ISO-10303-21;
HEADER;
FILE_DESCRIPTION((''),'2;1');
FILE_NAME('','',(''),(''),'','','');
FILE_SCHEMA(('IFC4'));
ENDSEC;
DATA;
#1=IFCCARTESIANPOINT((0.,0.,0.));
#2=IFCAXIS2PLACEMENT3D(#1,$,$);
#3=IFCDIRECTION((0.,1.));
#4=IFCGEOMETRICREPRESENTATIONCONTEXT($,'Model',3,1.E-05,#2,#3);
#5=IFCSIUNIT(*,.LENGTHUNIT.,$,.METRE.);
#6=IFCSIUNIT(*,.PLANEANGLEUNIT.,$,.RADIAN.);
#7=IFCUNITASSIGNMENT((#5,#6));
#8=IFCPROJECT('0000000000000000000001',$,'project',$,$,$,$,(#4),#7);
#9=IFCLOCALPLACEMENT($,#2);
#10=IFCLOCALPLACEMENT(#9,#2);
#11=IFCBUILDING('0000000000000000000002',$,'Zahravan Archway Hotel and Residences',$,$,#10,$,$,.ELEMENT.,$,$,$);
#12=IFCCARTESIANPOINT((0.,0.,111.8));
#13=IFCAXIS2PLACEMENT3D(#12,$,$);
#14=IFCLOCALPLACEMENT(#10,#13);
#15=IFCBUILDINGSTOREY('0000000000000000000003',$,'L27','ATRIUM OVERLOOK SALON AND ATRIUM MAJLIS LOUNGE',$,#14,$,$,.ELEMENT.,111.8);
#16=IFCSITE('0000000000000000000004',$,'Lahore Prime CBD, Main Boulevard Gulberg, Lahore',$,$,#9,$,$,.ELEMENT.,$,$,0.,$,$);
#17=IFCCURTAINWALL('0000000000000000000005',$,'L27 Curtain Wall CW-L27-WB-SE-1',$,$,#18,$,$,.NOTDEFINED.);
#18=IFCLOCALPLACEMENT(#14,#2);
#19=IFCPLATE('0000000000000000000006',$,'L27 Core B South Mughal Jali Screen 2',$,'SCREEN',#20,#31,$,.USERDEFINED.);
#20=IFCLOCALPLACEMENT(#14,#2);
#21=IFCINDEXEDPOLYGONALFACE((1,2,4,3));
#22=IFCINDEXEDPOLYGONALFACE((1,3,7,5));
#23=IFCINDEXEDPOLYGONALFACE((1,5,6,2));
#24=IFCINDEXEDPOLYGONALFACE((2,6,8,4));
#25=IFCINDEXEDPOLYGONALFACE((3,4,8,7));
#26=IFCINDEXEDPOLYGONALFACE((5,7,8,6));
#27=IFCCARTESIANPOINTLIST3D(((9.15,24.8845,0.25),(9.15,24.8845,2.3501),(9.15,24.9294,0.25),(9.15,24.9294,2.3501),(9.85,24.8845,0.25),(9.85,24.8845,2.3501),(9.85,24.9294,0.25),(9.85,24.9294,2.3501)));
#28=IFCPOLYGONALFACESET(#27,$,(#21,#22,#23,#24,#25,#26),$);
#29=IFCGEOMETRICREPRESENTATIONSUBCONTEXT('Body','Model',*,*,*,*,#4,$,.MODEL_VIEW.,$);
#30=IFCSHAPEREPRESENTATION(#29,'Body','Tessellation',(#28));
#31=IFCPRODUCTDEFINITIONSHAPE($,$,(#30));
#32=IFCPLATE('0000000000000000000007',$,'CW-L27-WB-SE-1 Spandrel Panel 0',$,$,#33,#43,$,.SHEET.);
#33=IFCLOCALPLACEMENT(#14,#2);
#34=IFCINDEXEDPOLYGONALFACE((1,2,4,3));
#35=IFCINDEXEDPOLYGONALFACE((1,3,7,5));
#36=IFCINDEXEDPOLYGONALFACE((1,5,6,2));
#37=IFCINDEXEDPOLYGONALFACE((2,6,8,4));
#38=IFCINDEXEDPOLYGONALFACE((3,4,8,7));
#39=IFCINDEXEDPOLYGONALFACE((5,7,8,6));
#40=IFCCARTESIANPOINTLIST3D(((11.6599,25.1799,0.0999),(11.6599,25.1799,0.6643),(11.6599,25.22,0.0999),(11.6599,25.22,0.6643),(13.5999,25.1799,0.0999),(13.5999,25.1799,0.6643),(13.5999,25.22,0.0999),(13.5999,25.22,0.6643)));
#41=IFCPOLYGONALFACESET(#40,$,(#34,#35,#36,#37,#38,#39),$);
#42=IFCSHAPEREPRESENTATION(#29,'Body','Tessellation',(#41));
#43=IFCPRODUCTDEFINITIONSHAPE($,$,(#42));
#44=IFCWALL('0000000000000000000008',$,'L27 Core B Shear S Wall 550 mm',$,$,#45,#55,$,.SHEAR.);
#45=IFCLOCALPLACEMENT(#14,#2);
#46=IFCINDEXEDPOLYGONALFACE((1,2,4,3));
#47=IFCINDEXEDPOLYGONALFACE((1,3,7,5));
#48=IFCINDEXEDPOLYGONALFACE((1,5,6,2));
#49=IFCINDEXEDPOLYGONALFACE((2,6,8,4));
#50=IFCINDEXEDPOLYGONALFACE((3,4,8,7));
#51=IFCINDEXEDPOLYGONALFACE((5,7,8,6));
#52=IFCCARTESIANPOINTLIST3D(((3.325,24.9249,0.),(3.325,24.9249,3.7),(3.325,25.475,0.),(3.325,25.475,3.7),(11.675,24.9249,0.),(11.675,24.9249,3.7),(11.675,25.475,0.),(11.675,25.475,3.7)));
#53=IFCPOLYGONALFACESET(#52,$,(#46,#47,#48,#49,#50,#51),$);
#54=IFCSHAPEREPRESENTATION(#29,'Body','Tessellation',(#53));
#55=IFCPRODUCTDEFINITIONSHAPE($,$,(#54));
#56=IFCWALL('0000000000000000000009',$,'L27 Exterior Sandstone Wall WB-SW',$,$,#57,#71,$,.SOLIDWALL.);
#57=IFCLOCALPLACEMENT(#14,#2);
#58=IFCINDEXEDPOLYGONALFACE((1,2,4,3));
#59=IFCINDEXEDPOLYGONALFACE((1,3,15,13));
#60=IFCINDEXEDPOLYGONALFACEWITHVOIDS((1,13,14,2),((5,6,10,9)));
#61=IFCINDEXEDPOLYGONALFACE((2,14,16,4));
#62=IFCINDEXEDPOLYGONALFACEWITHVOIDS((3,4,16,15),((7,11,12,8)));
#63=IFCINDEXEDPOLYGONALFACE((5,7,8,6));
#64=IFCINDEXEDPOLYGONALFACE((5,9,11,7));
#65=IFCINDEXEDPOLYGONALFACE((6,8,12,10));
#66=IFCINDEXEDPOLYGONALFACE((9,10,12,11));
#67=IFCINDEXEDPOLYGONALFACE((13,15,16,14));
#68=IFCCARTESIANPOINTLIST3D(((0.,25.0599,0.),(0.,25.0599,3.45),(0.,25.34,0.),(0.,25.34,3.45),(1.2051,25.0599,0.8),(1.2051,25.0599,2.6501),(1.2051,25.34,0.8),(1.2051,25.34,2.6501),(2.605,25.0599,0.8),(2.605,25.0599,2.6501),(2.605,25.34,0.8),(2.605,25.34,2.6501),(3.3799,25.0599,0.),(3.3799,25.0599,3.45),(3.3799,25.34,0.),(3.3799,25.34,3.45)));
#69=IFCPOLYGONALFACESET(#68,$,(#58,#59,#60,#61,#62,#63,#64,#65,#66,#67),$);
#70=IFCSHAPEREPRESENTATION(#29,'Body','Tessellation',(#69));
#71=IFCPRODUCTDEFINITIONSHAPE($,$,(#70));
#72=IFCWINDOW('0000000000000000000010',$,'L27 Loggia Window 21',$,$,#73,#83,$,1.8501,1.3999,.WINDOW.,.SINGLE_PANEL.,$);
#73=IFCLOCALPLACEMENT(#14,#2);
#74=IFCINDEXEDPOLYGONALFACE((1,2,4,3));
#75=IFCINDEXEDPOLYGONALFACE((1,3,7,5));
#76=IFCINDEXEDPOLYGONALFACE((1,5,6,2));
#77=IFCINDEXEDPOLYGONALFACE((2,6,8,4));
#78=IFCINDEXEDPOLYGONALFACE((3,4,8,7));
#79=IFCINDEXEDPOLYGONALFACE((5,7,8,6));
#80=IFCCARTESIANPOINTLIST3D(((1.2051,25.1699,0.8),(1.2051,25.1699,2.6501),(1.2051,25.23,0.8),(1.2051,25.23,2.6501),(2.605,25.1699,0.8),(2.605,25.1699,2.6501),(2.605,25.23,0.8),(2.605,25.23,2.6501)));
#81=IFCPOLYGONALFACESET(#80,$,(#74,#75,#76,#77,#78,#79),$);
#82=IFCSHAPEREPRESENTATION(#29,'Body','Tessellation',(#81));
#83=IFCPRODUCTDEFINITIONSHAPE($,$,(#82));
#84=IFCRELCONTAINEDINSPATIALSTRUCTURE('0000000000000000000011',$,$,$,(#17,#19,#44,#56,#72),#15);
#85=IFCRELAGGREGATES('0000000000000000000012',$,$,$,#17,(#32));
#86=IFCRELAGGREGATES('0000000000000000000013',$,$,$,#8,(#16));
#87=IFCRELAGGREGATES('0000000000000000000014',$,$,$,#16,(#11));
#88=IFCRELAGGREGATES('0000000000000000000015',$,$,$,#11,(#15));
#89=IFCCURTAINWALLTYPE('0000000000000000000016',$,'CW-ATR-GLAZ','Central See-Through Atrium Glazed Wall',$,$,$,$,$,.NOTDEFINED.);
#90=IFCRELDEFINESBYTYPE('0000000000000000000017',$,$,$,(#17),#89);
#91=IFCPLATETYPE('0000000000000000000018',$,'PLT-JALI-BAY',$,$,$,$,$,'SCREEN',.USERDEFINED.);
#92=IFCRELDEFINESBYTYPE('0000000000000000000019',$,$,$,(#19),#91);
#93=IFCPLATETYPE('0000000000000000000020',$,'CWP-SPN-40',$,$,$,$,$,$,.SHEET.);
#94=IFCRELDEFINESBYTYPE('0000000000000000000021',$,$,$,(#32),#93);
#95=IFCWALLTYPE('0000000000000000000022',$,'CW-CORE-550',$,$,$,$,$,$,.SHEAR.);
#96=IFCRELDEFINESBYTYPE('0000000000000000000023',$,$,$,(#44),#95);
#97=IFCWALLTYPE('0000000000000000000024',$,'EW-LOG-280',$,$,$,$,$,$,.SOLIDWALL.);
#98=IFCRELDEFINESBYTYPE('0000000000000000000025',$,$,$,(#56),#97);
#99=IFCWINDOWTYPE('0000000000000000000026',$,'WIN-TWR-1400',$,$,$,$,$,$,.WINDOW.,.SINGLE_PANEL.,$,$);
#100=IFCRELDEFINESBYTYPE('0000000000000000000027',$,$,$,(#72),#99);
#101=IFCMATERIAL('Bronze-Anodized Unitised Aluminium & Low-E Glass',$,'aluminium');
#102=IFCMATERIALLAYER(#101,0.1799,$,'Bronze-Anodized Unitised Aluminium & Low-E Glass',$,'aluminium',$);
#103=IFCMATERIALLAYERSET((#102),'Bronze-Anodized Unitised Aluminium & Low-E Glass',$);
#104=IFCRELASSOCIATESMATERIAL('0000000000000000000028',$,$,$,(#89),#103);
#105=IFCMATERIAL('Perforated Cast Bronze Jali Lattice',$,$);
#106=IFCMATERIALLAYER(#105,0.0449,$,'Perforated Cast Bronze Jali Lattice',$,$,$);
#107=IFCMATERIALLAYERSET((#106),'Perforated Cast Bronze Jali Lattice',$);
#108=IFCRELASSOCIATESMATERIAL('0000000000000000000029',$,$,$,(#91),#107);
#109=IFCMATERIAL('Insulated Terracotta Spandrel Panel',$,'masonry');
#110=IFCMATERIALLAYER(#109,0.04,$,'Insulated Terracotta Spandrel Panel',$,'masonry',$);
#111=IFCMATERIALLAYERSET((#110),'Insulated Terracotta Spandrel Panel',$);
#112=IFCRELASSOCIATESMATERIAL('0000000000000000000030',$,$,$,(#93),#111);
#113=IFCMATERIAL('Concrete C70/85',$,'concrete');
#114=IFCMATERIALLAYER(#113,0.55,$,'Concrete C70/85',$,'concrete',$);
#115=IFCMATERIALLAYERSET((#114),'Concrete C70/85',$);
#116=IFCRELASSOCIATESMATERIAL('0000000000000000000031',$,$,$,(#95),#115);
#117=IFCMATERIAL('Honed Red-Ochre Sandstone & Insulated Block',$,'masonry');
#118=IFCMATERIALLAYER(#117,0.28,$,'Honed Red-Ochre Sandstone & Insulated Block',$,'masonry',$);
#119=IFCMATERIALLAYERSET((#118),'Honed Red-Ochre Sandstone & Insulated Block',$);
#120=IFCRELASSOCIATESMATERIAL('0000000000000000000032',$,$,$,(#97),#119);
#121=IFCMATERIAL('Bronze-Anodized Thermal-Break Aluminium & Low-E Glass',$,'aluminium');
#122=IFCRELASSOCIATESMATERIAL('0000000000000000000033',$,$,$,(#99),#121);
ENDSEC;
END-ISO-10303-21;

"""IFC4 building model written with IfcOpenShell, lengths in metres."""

from ifc_helpers import new_model, si_unit, direction, frame, frame_2d, origin, origin_2d, place, context, subcontext, project, spatial, rectangle, extrude, source, transform, mapped, material, layer, layer_set, type_object, type_shapes, element, fill, aggregate, save


model = new_model("IFC4")

# Units and contexts
model_context = context("Model", 3, precision=1e-05, world=origin(), true_north=direction((0.0, 1.0)))
body_context = subcontext(model_context, "Body", "Model", "MODEL_VIEW")
ifc_project = project(units=[si_unit("LENGTHUNIT", "METRE"), si_unit("PLANEANGLEUNIT", "RADIAN")], contexts=[model_context])

# Site, building, storey
site_placement = place(None, origin())
site = spatial("IfcSite", under=ifc_project, at=site_placement, Name="Lahore Prime CBD, Main Boulevard Gulberg, Lahore", CompositionType="ELEMENT", RefElevation=0.0)
building_placement = place(site_placement, origin())
building = spatial("IfcBuilding", under=site, at=building_placement, Name="Zahravan Archway Hotel and Residences", CompositionType="ELEMENT")
storey_placement = place(building_placement, frame((0.0, 0.0, 111.8)))
storey = spatial("IfcBuildingStorey", under=building, at=storey_placement, Name="L27", Description="ATRIUM OVERLOOK SALON AND ATRIUM MAJLIS LOUNGE", CompositionType="ELEMENT", Elevation=111.8)

# Curtain wall
ifc_material_1 = material(Name="Bronze-Anodized Unitised Aluminium & Low-E Glass", Category="aluminium")
ifc_layer_1 = layer(ifc_material_1, 0.1799, Name="Bronze-Anodized Unitised Aluminium & Low-E Glass", Category="aluminium")
ifc_layer_set_1 = layer_set([ifc_layer_1], Name="Bronze-Anodized Unitised Aluminium & Low-E Glass")
curtain_wall_type = type_object("IfcCurtainWallType", Name="CW-ATR-GLAZ", Description="Central See-Through Atrium Glazed Wall", PredefinedType="NOTDEFINED", material=ifc_layer_set_1)
curtain_wall_placement = place(storey_placement, origin())
curtain_wall = element("IfcCurtainWall", 1, at=curtain_wall_placement, inside=storey, type_object=curtain_wall_type, Name="L27 Curtain Wall CW-L27-WB-SE-1", PredefinedType="NOTDEFINED")

# Plate
ifc_material_2 = material(Name="Perforated Cast Bronze Jali Lattice")
ifc_layer_2 = layer(ifc_material_2, 0.0449, Name="Perforated Cast Bronze Jali Lattice")
ifc_layer_set_2 = layer_set([ifc_layer_2], Name="Perforated Cast Bronze Jali Lattice")
plate_type_1 = type_object("IfcPlateType", Name="PLT-JALI-BAY", ElementType="SCREEN", PredefinedType="USERDEFINED", material=ifc_layer_set_2)
shared_shape_1 = source(origin(), body_context, "Body", "SweptSolid", [
    extrude(rectangle(XDim=0.7, YDim=0.0449, at=origin_2d()), origin(), (0.0, 0.0, 1.0), 2.1001),
])
type_shapes(plate_type_1, [shared_shape_1])
for number, where, z_axis, x_axis, name in (
    (2, (9.5, 24.907, 0.25), (0.0, 0.0, 1.0), (1.0, 0.0, 0.0), "L27 Core B South Mughal Jali Screen 2"),
):
    element("IfcPlate", number, at=place(storey_placement, frame(where, z_axis=z_axis, x_axis=x_axis)), inside=storey, type_object=plate_type_1, Name=name, ObjectType="SCREEN", PredefinedType="USERDEFINED", context=body_context, shape_type="MappedRepresentation", body=[
        mapped(shared_shape_1, transform((0.0, 0.0, 0.0), scale=1.0)),
    ])

# Plate
ifc_material_3 = material(Name="Insulated Terracotta Spandrel Panel", Category="masonry")
ifc_layer_3 = layer(ifc_material_3, 0.04, Name="Insulated Terracotta Spandrel Panel", Category="masonry")
ifc_layer_set_3 = layer_set([ifc_layer_3], Name="Insulated Terracotta Spandrel Panel")
plate_type_2 = type_object("IfcPlateType", Name="CWP-SPN-40", PredefinedType="SHEET", material=ifc_layer_set_3)
shared_shape_2 = source(origin(), body_context, "Body", "SweptSolid", [
    extrude(rectangle(XDim=1.9399, YDim=0.04, at=origin_2d()), origin(), (0.0, 0.0, 1.0), 0.5645),
])
plate_placement = place(storey_placement, frame((12.6299, 25.2, 0.0999), z_axis=(0.0, 0.0, 1.0), x_axis=(1.0, 0.0, 0.0)))
plate = element("IfcPlate", 3, at=plate_placement, type_object=plate_type_2, Name="CW-L27-WB-SE-1 Spandrel Panel 0", PredefinedType="SHEET", context=body_context, shape_type="MappedRepresentation", body=[
    mapped(shared_shape_2, transform((0.0, 0.0, 0.0), scale=1.0)),
])
aggregate(curtain_wall, [plate])

# Wall
ifc_material_4 = material(Name="Concrete C70/85", Category="concrete")
ifc_layer_4 = layer(ifc_material_4, 0.55, Name="Concrete C70/85", Category="concrete")
ifc_layer_set_4 = layer_set([ifc_layer_4], Name="Concrete C70/85")
wall_type_1 = type_object("IfcWallType", Name="CW-CORE-550", PredefinedType="SHEAR", material=ifc_layer_set_4)
wall_1_placement = place(storey_placement, frame((3.325, 25.2, 0.0), z_axis=(0.0, 0.0, 1.0), x_axis=(1.0, 0.0, 0.0)))
element("IfcWall", 4, at=wall_1_placement, inside=storey, type_object=wall_type_1, Name="L27 Core B Shear S Wall 550 mm", PredefinedType="SHEAR", context=body_context, shape_type="SweptSolid", body=[
    extrude(rectangle(XDim=8.3501, YDim=0.55, at=frame_2d((4.175, 0.0))), origin(), (0.0, 0.0, 1.0), 3.7),
])

# Wall, opening, window
ifc_material_5 = material(Name="Honed Red-Ochre Sandstone & Insulated Block", Category="masonry")
ifc_layer_5 = layer(ifc_material_5, 0.28, Name="Honed Red-Ochre Sandstone & Insulated Block", Category="masonry")
ifc_layer_set_5 = layer_set([ifc_layer_5], Name="Honed Red-Ochre Sandstone & Insulated Block")
wall_type_2 = type_object("IfcWallType", Name="EW-LOG-280", PredefinedType="SOLIDWALL", material=ifc_layer_set_5)
wall_2_placement = place(storey_placement, frame((0.0, 25.2, 0.0), z_axis=(0.0, 0.0, 1.0), x_axis=(1.0, 0.0, 0.0)))
wall_2 = element("IfcWall", 5, at=wall_2_placement, inside=storey, type_object=wall_type_2, Name="L27 Exterior Sandstone Wall WB-SW", PredefinedType="SOLIDWALL", context=body_context, shape_type="SweptSolid", body=[
    extrude(rectangle(XDim=3.3799, YDim=0.28, at=frame_2d((1.6899, 0.0))), origin(), (0.0, 0.0, 1.0), 3.45),
])
opening_1_placement = place(wall_2_placement, frame((1.2051, 0.0, 0.8)))
opening_1 = element("IfcOpeningElement", 6, at=opening_1_placement, cuts=wall_2, PredefinedType="OPENING", context=body_context, shape_type="SweptSolid", body=[
    extrude(rectangle(XDim=1.3999, YDim=1.8501, at=frame_2d((0.7, 0.925))), frame((0.0, 0.1499, 0.0), z_axis=(0.0, -1.0, 0.0), x_axis=(1.0, 0.0, 0.0)), (0.0, 0.0, 1.0), 0.3),
])
ifc_material_6 = material(Name="Bronze-Anodized Thermal-Break Aluminium & Low-E Glass", Category="aluminium")
window_type_1 = type_object("IfcWindowType", Name="WIN-TWR-1400", PartitioningType="SINGLE_PANEL", PredefinedType="WINDOW", material=ifc_material_6)
shared_shape_3 = source(origin(), body_context, "Body", "SweptSolid", [
    extrude(rectangle(XDim=1.3999, YDim=1.8501, at=frame_2d((0.7, 0.925))), frame((0.0, 0.03, 0.0), z_axis=(0.0, -1.0, 0.0), x_axis=(1.0, 0.0, 0.0)), (0.0, 0.0, 1.0), 0.0601),
])
type_shapes(window_type_1, [shared_shape_3])
window_1_placement = place(opening_1_placement, origin())
window_1 = element("IfcWindow", 7, at=window_1_placement, inside=storey, type_object=window_type_1, Name="L27 Loggia Window 21", OverallHeight=1.8501, OverallWidth=1.3999, PartitioningType="SINGLE_PANEL", PredefinedType="WINDOW", context=body_context, shape_type="MappedRepresentation", body=[
    mapped(shared_shape_3, transform((0.0, 0.0, 0.0), scale=1.0)),
])
fill(opening_1, window_1)

save(model, "model.ifc")
